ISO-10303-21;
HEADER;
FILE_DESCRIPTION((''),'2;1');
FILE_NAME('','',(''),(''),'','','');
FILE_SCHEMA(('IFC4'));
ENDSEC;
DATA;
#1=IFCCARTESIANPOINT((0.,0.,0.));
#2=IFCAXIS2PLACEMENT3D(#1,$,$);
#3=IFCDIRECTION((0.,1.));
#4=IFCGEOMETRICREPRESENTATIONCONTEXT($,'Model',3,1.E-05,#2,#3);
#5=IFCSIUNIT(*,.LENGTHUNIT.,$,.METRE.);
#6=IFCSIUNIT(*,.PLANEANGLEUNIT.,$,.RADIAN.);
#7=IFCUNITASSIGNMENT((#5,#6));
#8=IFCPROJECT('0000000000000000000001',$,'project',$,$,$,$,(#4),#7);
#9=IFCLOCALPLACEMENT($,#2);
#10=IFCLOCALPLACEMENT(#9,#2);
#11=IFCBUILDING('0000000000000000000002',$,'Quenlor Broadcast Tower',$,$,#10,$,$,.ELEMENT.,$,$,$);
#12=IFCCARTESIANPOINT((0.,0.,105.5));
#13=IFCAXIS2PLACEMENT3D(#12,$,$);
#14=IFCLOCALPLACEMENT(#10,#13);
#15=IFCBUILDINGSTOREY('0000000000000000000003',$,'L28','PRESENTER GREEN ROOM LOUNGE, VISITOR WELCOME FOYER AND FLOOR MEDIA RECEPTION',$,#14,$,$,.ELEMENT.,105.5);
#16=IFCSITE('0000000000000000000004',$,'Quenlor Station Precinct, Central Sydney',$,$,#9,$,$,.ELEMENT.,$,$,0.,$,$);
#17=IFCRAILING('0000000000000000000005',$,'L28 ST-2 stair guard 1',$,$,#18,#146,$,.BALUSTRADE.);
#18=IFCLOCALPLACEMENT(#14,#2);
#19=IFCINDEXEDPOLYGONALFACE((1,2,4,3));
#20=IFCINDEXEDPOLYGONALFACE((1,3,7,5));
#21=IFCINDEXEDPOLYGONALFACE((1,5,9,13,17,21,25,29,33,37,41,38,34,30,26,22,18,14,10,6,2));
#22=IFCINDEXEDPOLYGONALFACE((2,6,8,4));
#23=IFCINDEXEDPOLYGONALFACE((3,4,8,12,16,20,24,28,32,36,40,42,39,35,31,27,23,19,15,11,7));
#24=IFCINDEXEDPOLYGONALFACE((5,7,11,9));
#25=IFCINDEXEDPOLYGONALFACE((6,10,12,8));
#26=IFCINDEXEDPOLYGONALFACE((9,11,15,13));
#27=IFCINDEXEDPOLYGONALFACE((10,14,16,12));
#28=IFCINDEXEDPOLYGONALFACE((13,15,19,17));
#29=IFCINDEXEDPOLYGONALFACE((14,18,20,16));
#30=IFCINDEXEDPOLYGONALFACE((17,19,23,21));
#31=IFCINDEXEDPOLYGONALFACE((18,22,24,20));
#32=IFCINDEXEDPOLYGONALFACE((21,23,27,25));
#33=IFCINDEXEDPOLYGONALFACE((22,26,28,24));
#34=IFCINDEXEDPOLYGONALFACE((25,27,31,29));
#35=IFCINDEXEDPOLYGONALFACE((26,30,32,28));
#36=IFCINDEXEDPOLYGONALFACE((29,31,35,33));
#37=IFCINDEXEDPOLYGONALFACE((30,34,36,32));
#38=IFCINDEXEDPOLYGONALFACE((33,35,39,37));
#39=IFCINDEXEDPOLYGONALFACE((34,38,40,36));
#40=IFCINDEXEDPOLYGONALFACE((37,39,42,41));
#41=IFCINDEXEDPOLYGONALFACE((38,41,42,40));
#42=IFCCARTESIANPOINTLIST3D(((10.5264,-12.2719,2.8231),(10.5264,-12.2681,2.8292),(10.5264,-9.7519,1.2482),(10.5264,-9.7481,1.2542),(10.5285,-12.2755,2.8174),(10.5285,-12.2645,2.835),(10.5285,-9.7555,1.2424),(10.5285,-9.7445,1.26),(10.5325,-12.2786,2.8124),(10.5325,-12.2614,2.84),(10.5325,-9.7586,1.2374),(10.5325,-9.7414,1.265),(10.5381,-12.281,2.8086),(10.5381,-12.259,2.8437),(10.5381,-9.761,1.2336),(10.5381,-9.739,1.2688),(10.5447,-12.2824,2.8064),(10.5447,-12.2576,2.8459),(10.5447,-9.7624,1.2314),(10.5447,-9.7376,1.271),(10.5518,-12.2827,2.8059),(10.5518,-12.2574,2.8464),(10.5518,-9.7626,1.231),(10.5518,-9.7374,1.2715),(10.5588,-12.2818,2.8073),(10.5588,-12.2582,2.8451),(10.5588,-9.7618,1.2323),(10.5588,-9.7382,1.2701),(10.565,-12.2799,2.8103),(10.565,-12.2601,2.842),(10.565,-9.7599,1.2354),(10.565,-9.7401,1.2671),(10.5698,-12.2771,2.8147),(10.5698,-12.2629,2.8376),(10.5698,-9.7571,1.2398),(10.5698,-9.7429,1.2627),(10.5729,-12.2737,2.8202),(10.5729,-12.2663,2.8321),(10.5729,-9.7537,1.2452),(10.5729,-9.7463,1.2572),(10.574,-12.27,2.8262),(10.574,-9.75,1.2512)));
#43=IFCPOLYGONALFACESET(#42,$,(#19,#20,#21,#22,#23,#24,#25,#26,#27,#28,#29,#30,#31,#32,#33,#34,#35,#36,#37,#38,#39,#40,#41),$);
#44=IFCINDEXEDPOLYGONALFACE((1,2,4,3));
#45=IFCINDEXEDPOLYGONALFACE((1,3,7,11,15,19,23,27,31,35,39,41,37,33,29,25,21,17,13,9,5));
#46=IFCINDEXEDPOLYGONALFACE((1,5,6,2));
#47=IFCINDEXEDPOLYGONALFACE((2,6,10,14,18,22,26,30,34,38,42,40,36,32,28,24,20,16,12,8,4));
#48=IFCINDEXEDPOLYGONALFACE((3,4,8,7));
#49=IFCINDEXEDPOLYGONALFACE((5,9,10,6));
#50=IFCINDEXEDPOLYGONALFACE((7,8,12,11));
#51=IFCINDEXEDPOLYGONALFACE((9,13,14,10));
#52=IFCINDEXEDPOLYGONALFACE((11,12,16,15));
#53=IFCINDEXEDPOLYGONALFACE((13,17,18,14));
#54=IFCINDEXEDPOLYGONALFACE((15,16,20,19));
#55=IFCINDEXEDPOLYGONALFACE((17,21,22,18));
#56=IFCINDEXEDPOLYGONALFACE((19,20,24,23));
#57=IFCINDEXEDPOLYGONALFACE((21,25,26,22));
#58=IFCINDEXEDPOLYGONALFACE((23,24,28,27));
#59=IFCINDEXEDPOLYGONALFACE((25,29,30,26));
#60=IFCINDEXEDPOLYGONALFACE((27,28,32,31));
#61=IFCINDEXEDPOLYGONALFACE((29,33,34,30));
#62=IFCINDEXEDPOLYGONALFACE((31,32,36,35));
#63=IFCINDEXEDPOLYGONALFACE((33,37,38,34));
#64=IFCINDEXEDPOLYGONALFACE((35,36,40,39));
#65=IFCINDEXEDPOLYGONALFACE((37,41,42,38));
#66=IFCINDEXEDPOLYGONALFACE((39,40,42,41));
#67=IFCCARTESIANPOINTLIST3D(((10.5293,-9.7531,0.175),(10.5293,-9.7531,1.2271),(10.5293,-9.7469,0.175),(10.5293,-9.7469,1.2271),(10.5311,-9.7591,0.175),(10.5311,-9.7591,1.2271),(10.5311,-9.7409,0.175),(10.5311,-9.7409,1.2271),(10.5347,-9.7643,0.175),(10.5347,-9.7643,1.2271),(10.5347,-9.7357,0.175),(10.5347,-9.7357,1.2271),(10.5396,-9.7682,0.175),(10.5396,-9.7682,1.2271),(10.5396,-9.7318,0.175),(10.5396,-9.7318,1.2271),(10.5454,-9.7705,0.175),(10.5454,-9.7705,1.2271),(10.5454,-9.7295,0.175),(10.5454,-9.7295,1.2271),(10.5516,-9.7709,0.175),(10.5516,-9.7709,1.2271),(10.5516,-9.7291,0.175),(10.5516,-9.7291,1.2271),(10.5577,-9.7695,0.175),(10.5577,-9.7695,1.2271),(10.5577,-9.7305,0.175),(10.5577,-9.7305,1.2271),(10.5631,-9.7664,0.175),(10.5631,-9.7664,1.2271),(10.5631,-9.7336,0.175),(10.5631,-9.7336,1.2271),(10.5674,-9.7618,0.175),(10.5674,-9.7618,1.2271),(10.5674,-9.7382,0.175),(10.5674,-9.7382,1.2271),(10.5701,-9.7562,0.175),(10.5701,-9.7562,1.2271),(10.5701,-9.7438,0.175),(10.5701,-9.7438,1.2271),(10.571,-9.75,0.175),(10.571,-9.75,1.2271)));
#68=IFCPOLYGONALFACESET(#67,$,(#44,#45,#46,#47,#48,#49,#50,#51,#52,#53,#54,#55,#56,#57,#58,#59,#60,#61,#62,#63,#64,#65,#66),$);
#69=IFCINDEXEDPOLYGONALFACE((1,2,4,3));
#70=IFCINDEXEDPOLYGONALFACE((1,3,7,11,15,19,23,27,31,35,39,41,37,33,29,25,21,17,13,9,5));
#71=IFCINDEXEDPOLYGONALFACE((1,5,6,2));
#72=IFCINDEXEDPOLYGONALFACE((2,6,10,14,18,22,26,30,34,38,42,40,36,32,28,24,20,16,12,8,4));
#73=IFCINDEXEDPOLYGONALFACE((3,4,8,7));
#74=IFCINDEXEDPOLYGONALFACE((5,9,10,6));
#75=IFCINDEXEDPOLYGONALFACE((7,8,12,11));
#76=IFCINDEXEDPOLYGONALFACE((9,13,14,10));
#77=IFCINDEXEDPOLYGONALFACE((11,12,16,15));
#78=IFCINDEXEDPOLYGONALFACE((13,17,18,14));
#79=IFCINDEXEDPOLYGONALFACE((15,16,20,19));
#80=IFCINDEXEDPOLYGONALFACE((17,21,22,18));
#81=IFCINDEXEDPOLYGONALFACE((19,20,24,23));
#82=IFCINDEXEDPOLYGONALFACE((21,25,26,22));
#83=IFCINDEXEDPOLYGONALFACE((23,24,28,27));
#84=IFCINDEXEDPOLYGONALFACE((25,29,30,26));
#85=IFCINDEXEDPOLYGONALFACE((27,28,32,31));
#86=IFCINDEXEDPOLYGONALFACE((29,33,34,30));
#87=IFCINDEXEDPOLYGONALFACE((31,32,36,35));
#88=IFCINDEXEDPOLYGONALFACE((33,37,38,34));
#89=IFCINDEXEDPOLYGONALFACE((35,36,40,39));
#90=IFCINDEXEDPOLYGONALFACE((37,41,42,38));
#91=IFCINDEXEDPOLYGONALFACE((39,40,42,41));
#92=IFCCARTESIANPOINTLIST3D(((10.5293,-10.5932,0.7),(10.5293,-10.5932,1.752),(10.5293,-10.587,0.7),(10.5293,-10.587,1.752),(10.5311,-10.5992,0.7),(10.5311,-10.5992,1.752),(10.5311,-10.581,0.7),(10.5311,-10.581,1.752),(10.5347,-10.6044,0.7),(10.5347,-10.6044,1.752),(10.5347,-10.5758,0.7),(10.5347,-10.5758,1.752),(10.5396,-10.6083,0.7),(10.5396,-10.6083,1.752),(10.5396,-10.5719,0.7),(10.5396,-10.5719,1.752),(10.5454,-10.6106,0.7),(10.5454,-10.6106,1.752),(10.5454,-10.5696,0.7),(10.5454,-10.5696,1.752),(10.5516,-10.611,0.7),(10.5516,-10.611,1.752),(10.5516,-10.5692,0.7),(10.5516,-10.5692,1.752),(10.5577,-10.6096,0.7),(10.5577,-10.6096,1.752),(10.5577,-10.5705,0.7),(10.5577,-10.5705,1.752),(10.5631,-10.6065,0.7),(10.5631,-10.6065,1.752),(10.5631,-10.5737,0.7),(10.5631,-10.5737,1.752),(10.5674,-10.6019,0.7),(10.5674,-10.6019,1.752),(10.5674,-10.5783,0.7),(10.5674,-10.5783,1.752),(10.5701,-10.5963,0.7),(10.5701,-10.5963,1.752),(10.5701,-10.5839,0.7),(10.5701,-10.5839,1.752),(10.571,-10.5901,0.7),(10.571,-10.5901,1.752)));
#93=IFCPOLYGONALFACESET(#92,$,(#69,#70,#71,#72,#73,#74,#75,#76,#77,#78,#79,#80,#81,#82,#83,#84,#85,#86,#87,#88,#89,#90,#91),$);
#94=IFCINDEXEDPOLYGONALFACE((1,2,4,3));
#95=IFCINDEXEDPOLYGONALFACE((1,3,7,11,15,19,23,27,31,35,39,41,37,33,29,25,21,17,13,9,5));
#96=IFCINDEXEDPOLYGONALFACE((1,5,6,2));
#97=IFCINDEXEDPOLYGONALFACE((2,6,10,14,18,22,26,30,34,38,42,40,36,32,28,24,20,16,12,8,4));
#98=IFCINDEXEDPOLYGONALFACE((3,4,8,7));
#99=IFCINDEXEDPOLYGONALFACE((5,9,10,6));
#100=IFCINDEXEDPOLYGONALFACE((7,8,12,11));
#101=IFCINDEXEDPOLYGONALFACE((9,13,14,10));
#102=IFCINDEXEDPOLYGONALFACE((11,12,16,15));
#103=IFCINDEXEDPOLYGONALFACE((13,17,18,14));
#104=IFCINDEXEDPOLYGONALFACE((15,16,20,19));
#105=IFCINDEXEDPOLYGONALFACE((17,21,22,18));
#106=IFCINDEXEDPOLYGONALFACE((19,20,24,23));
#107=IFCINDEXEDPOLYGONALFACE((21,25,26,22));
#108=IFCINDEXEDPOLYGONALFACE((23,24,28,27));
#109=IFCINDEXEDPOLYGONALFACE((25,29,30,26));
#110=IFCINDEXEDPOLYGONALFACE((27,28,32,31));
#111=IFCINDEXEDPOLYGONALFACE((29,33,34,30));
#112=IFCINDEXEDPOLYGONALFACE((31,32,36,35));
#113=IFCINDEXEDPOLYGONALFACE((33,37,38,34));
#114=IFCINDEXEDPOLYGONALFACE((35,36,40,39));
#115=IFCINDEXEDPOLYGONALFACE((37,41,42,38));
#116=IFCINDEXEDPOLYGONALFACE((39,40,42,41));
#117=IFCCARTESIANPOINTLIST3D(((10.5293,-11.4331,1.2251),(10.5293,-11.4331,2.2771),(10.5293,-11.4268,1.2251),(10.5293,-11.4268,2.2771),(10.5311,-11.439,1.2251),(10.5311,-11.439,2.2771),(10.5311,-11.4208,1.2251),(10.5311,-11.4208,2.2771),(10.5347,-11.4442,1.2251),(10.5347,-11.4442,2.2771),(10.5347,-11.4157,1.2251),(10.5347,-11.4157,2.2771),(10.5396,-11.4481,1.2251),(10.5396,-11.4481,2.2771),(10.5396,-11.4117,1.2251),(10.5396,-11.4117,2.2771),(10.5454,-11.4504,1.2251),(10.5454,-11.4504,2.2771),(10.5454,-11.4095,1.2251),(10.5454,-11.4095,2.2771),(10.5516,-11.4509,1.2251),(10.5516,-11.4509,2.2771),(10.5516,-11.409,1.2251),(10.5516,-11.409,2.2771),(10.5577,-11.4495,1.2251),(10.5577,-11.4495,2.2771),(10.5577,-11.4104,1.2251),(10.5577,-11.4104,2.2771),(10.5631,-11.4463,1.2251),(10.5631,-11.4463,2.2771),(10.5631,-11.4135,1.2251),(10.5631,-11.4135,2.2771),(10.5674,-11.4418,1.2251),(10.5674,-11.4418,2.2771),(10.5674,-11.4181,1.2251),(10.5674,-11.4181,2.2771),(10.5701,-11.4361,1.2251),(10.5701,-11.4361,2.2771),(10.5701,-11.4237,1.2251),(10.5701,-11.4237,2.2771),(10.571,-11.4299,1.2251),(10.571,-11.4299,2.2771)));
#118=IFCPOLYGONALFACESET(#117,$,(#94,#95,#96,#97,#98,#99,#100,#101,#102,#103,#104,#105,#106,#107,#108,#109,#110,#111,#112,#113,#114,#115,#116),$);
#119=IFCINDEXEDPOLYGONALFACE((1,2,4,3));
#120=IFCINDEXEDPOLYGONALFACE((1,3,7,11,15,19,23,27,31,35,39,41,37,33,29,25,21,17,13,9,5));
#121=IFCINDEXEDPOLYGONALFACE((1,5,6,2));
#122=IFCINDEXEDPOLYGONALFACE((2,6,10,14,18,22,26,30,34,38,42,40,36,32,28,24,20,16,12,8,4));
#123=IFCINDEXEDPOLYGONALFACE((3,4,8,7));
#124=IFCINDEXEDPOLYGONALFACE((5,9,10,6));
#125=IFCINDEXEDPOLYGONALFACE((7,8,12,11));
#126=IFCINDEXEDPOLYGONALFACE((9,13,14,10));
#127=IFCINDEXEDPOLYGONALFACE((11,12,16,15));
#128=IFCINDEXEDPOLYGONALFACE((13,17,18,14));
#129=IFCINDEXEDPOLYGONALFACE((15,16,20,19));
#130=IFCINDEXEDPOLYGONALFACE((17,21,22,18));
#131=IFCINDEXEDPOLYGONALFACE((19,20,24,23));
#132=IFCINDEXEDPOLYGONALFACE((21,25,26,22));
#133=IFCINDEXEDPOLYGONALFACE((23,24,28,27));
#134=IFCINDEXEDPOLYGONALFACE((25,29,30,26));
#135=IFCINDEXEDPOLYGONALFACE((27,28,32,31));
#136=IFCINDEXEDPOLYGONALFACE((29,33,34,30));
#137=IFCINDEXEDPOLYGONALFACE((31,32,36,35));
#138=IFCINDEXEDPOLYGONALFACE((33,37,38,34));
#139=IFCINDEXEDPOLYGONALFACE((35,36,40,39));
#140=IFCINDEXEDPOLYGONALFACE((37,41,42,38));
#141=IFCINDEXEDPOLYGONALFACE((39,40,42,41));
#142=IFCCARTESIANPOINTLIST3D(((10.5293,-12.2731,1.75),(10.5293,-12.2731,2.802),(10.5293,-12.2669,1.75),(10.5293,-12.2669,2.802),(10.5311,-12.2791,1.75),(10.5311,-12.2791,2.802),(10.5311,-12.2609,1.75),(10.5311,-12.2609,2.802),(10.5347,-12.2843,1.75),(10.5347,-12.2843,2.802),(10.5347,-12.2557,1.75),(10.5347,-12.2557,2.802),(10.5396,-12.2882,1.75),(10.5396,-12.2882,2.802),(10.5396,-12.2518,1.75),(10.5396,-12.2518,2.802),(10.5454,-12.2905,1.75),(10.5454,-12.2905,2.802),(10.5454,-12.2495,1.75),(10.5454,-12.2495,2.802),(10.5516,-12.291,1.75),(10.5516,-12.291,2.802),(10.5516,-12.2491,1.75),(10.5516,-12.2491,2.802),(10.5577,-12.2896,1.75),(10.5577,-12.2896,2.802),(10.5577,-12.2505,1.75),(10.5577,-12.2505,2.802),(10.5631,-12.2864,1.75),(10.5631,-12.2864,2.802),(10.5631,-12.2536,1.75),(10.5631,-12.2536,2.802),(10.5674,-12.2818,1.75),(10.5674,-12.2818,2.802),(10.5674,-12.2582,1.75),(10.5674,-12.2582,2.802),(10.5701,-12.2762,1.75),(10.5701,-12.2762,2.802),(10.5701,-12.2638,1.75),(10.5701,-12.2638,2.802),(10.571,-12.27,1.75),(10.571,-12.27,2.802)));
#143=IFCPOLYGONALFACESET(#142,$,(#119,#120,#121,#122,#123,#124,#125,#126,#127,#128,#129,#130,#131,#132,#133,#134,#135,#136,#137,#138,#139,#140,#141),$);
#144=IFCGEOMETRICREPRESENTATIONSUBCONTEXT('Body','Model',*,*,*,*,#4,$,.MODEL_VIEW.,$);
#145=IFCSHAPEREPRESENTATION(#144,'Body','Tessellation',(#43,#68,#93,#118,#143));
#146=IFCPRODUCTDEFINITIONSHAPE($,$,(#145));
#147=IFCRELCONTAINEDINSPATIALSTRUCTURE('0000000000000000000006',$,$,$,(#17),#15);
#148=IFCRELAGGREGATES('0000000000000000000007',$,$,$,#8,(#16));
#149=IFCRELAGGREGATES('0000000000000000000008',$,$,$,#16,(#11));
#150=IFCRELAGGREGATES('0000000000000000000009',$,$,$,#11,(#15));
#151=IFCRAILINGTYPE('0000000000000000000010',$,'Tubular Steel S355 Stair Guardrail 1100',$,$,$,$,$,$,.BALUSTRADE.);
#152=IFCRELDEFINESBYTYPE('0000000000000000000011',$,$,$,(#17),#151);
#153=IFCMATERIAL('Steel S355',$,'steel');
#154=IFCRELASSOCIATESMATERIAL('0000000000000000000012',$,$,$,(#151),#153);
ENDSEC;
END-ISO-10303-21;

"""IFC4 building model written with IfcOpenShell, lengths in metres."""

from ifc_helpers import new_model, si_unit, direction, frame, origin, origin_2d, place, context, subcontext, project, spatial, circle, extrude, material, type_object, element, save


model = new_model("IFC4")

# Units and contexts
model_context = context("Model", 3, precision=1e-05, world=origin(), true_north=direction((0.0, 1.0)))
body_context = subcontext(model_context, "Body", "Model", "MODEL_VIEW")
ifc_project = project(units=[si_unit("LENGTHUNIT", "METRE"), si_unit("PLANEANGLEUNIT", "RADIAN")], contexts=[model_context])

# Site, building, storey
site_placement = place(None, origin())
site = spatial("IfcSite", under=ifc_project, at=site_placement, Name="Quenlor Station Precinct, Central Sydney", CompositionType="ELEMENT", RefElevation=0.0)
building_placement = place(site_placement, origin())
building = spatial("IfcBuilding", under=site, at=building_placement, Name="Quenlor Broadcast Tower", CompositionType="ELEMENT")
storey_placement = place(building_placement, frame((0.0, 0.0, 105.5)))
storey = spatial("IfcBuildingStorey", under=building, at=storey_placement, Name="L28", Description="PRESENTER GREEN ROOM LOUNGE, VISITOR WELCOME FOYER AND FLOOR MEDIA RECEPTION", CompositionType="ELEMENT", Elevation=105.5)

# Railing
ifc_material_1 = material(Name="Steel S355", Category="steel")
railing_type_1 = type_object("IfcRailingType", Name="Tubular Steel S355 Stair Guardrail 1100", PredefinedType="BALUSTRADE", material=ifc_material_1)
railing_1_placement = place(storey_placement, frame((10.55, -9.75, 0.175)))
element("IfcRailing", 1, at=railing_1_placement, inside=storey, type_object=railing_type_1, Name="L28 ST-2 stair guard 1", PredefinedType="BALUSTRADE", context=body_context, shape_type="SweptSolid", body=[
    extrude(circle(Radius=0.0239, at=origin_2d()), frame((0.0, 0.0, 1.0762), z_axis=(0.0, -0.848008, 0.529984), x_axis=(1.0, 0.0, 0.0)), (0.0, 0.0, 1.0), 2.9717),
    extrude(circle(Radius=0.021, at=origin_2d()), origin(), (0.0, 0.0, 1.0), 1.052),
    extrude(circle(Radius=0.021, at=origin_2d()), frame((0.0, -0.8401, 0.5249)), (0.0, 0.0, 1.0), 1.052),
    extrude(circle(Radius=0.021, at=origin_2d()), frame((0.0, -1.6799, 1.05)), (0.0, 0.0, 1.0), 1.052),
    extrude(circle(Radius=0.021, at=origin_2d()), frame((0.0, -2.52, 1.575)), (0.0, 0.0, 1.0), 1.052),
])

save(model, "model.ifc")
